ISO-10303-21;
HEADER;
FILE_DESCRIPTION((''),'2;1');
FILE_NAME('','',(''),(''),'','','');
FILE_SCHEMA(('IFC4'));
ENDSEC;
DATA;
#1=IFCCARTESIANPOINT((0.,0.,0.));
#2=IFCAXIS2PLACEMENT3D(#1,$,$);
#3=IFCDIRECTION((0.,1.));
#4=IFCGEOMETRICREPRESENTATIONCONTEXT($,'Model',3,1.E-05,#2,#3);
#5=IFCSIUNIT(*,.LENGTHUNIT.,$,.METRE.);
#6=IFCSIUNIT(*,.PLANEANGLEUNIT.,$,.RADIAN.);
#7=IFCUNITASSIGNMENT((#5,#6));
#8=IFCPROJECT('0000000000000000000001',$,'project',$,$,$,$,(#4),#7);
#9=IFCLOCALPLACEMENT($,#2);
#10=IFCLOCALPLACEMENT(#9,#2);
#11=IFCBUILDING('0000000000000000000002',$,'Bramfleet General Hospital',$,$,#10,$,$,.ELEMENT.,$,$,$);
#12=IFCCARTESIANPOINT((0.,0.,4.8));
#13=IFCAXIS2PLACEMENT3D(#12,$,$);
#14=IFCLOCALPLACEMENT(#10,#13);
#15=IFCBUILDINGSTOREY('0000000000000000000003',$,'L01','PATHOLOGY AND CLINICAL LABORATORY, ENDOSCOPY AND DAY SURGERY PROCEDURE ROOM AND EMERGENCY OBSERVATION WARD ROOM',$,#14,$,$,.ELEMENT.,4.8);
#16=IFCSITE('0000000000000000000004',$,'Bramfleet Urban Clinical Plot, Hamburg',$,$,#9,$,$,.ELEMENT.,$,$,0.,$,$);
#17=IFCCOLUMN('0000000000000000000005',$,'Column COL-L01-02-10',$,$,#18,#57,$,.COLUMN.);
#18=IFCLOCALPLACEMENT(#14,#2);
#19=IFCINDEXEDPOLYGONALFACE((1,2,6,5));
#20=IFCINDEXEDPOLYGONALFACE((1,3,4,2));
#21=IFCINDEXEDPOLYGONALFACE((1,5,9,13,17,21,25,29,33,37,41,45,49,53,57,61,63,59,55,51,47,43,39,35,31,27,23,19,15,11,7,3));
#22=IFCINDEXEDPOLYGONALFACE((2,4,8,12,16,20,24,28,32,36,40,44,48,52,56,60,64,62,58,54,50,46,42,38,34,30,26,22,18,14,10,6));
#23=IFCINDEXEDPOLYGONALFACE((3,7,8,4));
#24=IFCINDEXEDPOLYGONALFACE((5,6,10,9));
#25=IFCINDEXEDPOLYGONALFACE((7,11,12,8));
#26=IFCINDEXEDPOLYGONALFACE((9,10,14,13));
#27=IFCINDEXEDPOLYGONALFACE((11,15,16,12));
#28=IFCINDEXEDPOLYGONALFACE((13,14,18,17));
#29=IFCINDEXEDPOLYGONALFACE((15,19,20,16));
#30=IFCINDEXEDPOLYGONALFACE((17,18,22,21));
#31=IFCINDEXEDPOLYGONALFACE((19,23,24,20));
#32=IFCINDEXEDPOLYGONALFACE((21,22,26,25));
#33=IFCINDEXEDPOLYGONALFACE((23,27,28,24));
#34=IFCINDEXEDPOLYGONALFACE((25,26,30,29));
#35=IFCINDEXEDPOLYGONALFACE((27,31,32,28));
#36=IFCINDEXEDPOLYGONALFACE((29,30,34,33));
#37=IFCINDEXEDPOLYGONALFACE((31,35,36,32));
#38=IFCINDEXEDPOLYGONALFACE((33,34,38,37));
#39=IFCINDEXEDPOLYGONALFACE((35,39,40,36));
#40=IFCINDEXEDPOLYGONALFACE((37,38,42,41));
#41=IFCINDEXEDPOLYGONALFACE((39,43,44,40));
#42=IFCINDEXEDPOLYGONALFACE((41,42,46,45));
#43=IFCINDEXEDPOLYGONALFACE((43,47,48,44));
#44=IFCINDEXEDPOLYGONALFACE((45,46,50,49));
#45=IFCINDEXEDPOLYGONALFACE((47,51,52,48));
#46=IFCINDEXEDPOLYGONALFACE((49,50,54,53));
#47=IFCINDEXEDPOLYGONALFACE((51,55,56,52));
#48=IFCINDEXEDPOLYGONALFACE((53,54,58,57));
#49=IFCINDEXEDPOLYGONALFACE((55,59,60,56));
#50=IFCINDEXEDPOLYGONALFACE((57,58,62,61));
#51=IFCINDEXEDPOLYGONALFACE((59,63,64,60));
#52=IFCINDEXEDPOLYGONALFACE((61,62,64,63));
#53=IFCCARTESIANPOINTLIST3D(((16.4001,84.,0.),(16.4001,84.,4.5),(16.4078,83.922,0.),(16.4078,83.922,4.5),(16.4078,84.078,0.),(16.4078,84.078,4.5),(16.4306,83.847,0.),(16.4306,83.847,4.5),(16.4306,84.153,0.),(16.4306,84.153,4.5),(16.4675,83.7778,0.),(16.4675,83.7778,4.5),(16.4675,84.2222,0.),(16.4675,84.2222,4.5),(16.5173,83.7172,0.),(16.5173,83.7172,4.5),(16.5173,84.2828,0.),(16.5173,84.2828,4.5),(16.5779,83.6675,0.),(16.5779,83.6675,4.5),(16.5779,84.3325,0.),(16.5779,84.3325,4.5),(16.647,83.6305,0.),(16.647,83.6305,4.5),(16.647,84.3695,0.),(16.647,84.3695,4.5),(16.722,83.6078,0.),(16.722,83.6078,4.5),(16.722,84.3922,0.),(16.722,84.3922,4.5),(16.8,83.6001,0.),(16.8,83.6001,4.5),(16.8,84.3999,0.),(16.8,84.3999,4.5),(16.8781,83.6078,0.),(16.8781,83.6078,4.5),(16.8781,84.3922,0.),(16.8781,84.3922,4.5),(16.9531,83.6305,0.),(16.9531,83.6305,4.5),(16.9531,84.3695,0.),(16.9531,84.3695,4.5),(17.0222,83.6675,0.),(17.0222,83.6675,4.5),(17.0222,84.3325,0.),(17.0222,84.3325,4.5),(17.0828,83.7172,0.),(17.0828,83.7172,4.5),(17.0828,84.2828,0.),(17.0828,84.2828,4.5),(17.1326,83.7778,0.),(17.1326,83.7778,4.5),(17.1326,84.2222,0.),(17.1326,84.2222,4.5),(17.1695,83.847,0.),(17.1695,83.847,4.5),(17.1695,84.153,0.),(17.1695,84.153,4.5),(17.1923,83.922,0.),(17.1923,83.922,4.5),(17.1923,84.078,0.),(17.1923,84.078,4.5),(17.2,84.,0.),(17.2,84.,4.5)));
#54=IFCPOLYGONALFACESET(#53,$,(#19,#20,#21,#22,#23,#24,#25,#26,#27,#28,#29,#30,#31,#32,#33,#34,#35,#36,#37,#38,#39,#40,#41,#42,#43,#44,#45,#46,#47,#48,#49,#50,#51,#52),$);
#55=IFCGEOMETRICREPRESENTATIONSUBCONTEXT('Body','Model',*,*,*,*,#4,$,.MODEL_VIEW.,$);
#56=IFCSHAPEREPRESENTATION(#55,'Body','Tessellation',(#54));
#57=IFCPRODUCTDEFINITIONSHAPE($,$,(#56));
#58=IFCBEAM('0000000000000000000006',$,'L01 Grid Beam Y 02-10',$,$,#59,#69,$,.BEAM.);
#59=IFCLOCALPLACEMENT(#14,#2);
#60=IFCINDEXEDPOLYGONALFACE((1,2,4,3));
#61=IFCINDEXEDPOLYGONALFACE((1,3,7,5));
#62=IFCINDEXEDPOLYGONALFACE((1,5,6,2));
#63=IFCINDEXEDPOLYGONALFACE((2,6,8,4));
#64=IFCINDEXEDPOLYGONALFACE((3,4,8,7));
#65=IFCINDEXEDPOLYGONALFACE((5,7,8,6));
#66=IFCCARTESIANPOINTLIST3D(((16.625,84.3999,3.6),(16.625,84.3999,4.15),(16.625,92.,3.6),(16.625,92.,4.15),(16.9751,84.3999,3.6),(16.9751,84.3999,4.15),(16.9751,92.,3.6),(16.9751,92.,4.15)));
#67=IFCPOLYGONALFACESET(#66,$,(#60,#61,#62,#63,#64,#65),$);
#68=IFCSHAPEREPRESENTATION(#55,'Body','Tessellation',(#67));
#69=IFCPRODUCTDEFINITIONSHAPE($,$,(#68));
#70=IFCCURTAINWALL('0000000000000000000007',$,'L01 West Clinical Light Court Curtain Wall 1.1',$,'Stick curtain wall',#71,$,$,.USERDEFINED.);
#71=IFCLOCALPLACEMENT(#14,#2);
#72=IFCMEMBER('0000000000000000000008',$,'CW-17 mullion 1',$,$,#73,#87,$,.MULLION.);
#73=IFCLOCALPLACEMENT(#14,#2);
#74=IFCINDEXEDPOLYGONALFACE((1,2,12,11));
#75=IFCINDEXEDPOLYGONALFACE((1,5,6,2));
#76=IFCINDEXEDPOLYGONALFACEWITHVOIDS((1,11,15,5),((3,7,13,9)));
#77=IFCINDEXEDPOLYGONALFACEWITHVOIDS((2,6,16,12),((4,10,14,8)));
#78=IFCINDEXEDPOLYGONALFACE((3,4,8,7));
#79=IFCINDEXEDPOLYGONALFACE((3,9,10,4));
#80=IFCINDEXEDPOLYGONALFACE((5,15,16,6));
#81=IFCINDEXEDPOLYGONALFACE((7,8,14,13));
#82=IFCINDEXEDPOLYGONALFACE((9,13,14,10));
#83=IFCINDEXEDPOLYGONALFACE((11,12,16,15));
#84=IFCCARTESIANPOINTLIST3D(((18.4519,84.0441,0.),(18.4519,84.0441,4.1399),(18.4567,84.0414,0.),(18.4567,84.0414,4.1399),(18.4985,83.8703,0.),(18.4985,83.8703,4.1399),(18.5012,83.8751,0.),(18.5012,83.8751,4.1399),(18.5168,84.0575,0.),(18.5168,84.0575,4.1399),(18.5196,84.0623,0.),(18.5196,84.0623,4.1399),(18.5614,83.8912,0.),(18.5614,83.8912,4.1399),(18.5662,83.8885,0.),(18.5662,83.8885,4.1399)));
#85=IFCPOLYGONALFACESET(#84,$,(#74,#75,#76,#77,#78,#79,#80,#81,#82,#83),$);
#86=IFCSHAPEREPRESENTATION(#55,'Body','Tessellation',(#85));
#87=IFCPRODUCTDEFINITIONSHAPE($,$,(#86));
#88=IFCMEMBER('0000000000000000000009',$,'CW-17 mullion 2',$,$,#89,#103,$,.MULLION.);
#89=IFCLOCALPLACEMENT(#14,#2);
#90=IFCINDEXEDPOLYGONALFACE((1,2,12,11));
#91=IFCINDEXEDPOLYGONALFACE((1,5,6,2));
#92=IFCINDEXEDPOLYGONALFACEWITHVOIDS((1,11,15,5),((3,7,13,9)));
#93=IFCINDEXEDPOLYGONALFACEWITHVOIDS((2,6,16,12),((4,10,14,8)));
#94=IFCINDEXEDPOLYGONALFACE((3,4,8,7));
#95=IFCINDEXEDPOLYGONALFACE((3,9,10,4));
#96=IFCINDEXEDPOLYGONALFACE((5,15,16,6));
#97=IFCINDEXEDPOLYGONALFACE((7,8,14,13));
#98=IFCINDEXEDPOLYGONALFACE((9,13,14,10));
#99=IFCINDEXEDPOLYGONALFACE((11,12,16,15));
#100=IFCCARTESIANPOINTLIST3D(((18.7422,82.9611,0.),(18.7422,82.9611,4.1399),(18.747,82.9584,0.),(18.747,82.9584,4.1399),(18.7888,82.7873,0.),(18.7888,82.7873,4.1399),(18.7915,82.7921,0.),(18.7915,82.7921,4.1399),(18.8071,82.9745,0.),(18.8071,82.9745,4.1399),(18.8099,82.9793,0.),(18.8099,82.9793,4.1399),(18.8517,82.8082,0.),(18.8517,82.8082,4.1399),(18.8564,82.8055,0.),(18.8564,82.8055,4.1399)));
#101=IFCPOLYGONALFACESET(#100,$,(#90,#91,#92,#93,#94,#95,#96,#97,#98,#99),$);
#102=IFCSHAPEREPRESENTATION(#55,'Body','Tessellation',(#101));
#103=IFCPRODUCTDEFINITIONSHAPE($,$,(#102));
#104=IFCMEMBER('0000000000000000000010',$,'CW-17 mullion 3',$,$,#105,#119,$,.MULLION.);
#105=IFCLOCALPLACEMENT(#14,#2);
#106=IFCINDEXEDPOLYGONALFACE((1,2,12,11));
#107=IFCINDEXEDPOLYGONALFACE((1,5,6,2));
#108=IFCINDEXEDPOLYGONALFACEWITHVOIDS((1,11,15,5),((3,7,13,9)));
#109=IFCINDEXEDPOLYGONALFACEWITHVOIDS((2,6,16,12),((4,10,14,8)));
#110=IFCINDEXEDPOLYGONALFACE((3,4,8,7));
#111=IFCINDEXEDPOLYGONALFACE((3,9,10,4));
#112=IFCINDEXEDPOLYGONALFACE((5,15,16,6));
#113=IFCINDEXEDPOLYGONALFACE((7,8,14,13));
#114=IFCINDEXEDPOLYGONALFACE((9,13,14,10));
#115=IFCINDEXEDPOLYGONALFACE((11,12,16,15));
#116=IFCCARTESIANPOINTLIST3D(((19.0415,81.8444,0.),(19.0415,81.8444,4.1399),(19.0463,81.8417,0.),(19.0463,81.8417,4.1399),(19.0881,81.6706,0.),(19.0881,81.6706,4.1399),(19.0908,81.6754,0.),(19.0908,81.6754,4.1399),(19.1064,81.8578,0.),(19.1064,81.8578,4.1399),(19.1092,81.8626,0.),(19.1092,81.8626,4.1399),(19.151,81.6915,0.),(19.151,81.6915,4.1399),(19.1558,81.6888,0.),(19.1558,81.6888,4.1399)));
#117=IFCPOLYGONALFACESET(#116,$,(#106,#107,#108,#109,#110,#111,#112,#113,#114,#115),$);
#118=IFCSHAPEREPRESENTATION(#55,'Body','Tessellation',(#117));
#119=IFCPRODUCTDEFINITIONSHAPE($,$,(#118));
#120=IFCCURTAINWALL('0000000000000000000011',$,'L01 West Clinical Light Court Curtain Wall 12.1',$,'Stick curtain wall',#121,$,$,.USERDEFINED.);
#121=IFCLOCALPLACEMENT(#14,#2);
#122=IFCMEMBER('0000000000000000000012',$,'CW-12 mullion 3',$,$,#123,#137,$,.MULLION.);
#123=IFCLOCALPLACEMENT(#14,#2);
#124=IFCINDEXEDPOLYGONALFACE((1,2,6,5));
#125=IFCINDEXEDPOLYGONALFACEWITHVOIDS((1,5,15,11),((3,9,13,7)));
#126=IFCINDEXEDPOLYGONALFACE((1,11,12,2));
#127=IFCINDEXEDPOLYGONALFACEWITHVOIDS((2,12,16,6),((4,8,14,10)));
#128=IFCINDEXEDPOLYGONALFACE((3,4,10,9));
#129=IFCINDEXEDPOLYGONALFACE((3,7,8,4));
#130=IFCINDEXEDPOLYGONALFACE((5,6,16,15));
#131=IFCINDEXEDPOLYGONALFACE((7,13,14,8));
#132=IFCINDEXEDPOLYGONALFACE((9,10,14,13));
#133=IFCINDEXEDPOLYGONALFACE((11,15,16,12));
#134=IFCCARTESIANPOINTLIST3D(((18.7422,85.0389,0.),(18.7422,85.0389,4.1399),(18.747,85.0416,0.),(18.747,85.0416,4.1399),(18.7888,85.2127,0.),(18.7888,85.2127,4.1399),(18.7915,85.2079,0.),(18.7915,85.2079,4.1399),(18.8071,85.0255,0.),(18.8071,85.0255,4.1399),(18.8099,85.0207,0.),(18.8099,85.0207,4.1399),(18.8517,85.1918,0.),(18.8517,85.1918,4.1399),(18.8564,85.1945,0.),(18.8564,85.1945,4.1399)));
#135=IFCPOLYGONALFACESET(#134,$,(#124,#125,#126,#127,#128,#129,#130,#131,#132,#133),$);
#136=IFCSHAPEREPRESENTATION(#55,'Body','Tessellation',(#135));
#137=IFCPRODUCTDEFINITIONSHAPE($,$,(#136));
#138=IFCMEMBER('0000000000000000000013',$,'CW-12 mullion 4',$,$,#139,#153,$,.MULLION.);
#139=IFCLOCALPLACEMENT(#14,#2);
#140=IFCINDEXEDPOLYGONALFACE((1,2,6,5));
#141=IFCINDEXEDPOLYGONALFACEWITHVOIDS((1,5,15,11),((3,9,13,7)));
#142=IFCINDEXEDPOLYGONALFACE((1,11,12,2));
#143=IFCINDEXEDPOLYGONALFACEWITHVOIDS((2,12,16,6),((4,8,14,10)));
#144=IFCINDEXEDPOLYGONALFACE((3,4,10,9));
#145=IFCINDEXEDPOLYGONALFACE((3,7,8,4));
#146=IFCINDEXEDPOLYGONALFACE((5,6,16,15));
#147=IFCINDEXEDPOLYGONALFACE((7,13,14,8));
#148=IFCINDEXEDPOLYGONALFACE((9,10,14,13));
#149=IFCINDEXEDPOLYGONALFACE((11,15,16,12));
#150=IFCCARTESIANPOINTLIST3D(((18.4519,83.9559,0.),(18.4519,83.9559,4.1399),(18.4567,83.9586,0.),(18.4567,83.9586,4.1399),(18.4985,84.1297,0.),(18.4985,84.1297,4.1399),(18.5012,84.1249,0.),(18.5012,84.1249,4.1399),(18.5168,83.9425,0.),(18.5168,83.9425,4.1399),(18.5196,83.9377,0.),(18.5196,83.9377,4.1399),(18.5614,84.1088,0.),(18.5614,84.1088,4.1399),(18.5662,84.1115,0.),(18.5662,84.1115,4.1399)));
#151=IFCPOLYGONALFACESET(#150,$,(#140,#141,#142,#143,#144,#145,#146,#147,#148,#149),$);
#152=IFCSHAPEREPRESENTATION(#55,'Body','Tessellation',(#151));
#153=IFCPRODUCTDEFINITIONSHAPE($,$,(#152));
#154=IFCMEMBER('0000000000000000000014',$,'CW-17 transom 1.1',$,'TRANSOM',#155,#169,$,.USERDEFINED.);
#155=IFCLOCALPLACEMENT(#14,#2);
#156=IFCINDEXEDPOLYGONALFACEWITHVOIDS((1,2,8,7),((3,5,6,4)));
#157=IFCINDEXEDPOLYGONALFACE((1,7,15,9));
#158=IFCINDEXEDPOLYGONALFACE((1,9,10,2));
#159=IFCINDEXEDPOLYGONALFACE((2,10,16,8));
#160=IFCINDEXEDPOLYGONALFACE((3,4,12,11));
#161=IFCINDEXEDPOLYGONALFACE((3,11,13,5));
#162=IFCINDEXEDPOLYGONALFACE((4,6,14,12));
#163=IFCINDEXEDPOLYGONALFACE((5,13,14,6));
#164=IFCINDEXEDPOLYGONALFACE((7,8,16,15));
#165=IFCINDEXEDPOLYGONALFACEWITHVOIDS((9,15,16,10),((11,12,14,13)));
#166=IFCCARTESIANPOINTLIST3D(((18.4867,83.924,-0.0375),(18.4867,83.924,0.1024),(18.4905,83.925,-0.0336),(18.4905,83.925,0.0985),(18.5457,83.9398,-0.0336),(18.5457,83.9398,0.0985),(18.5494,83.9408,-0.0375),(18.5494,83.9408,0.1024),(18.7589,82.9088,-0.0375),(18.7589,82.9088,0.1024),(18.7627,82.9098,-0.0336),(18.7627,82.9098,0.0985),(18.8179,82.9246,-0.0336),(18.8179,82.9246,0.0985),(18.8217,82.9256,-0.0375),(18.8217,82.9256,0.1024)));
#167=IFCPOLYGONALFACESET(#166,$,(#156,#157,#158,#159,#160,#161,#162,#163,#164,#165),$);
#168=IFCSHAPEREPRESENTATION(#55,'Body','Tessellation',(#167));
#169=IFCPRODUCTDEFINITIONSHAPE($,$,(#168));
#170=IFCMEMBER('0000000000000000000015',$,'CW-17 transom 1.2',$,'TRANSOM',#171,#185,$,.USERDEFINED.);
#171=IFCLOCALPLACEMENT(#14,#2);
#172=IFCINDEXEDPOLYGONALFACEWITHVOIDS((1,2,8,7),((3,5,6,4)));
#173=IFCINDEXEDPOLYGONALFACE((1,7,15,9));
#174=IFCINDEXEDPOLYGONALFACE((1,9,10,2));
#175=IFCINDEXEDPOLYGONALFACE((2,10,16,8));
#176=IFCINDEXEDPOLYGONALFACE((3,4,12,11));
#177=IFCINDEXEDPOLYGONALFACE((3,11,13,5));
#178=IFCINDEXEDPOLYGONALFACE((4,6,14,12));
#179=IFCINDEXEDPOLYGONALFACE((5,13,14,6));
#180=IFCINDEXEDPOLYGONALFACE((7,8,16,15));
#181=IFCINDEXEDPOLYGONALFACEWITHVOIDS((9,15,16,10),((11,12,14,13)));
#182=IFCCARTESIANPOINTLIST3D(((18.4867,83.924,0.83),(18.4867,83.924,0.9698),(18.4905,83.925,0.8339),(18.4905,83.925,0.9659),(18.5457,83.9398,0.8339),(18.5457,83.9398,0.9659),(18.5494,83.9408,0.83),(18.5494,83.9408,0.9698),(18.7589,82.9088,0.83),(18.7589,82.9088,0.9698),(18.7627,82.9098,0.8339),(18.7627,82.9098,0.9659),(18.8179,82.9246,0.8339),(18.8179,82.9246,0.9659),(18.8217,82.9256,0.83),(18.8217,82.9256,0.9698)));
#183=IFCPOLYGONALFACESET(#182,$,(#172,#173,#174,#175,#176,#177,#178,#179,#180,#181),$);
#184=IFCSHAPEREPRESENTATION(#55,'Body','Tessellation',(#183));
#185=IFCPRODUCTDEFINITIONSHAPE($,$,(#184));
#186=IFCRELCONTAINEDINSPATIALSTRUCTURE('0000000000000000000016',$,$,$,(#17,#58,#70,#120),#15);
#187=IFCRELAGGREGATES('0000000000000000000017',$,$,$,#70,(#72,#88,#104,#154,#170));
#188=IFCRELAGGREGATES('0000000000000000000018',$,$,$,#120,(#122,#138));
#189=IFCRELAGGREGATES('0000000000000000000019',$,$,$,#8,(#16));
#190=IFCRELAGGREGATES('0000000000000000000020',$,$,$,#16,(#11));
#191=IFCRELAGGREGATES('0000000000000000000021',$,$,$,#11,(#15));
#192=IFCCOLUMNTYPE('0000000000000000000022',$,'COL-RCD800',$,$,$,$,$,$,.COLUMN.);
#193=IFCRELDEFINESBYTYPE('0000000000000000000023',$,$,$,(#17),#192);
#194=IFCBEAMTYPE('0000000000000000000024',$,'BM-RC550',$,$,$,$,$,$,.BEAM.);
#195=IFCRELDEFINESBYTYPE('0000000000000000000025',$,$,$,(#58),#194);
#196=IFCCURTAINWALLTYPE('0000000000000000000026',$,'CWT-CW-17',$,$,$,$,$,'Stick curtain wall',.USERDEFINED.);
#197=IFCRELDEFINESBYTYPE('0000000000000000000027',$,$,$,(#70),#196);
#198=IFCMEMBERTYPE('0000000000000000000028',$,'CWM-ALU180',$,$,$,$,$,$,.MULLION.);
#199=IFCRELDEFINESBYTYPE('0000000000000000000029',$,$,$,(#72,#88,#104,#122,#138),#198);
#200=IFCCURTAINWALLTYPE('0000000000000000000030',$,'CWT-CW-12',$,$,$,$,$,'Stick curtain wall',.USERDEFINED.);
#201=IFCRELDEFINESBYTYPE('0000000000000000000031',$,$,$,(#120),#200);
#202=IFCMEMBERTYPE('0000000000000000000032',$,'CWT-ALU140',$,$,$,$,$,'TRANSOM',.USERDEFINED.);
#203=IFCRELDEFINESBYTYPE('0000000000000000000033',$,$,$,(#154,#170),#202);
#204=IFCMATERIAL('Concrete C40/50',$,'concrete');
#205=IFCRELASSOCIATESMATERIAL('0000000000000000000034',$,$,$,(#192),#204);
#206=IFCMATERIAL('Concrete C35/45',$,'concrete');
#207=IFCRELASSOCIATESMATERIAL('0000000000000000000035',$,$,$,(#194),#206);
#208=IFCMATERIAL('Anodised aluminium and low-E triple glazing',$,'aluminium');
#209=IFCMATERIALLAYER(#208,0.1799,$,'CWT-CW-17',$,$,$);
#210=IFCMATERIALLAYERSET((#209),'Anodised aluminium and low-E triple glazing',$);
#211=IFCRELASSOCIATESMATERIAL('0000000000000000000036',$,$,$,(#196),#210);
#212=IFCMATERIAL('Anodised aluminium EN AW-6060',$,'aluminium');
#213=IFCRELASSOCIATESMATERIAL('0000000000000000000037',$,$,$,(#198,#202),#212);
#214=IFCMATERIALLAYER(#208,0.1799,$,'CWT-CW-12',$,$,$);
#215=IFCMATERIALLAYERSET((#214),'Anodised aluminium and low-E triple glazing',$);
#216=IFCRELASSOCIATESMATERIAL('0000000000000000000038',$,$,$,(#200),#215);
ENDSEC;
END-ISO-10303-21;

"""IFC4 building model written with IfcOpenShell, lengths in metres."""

from ifc_helpers import new_model, si_unit, direction, frame, origin, origin_2d, place, context, subcontext, project, spatial, rectangle, hollow_rectangle, circle, extrude, material, layer, layer_set, material_profile, profile_set, type_object, element, aggregate, save


model = new_model("IFC4")

# Units and contexts
model_context = context("Model", 3, precision=1e-05, world=origin(), true_north=direction((0.0, 1.0)))
body_context = subcontext(model_context, "Body", "Model", "MODEL_VIEW")
ifc_project = project(units=[si_unit("LENGTHUNIT", "METRE"), si_unit("PLANEANGLEUNIT", "RADIAN")], contexts=[model_context])

# Site, building, storey
site_placement = place(None, origin())
site = spatial("IfcSite", under=ifc_project, at=site_placement, Name="Bramfleet Urban Clinical Plot, Hamburg", CompositionType="ELEMENT", RefElevation=0.0)
building_placement = place(site_placement, origin())
building = spatial("IfcBuilding", under=site, at=building_placement, Name="Bramfleet General Hospital", CompositionType="ELEMENT")
storey_placement = place(building_placement, frame((0.0, 0.0, 4.8)))
storey = spatial("IfcBuildingStorey", under=building, at=storey_placement, Name="L01", Description="PATHOLOGY AND CLINICAL LABORATORY, ENDOSCOPY AND DAY SURGERY PROCEDURE ROOM AND EMERGENCY OBSERVATION WARD ROOM", CompositionType="ELEMENT", Elevation=4.8)

# Column
ifc_material_1 = material(Name="Concrete C40/50", Category="concrete")
ifc_material_profile_1 = material_profile(ifc_material_1, circle(Radius=0.3999, at=origin_2d()), Name="RC ROUND D800")
ifc_profile_set_1 = profile_set([ifc_material_profile_1], Name="Concrete C40/50")
column_type = type_object("IfcColumnType", Name="COL-RCD800", PredefinedType="COLUMN", material=ifc_profile_set_1)
column_placement = place(storey_placement, frame((16.8, 84.0, 0.0), z_axis=(0.0, 0.0, 1.0), x_axis=(1.0, 0.0, 0.0)))
element("IfcColumn", 1, at=column_placement, inside=storey, type_object=column_type, Name="Column COL-L01-02-10", PredefinedType="COLUMN", context=body_context, shape_type="SweptSolid", body=[
    extrude(circle(Radius=0.3999, at=origin_2d()), origin(), (0.0, 0.0, 1.0), 4.5),
])

# Beam
ifc_material_2 = material(Name="Concrete C35/45", Category="concrete")
ifc_material_profile_2 = material_profile(ifc_material_2, rectangle(XDim=0.3501, YDim=0.55, at=origin_2d()), Name="RC BM 550x350")
ifc_profile_set_2 = profile_set([ifc_material_profile_2], Name="Concrete C35/45")
beam_type = type_object("IfcBeamType", Name="BM-RC550", PredefinedType="BEAM", material=ifc_profile_set_2)
beam_placement = place(storey_placement, frame((16.8, 84.3999, 3.875), z_axis=(0.0, 1.0, 0.0), x_axis=(-1.0, 0.0, 0.0)))
element("IfcBeam", 2, at=beam_placement, inside=storey, type_object=beam_type, Name="L01 Grid Beam Y 02-10", PredefinedType="BEAM", context=body_context, shape_type="SweptSolid", body=[
    extrude(rectangle(XDim=0.3501, YDim=0.55, at=origin_2d()), origin(), (0.0, 0.0, 1.0), 7.6001),
])

# Curtain walls, members
ifc_material_3 = material(Name="Anodised aluminium and low-E triple glazing", Category="aluminium")
ifc_layer_1 = layer(ifc_material_3, 0.1799, Name="CWT-CW-17")
ifc_layer_set_1 = layer_set([ifc_layer_1], Name="Anodised aluminium and low-E triple glazing")
curtain_wall_type_1 = type_object("IfcCurtainWallType", Name="CWT-CW-17", ElementType="Stick curtain wall", PredefinedType="USERDEFINED", material=ifc_layer_set_1)
curtain_wall_1_placement = place(storey_placement, origin())
curtain_wall_1 = element("IfcCurtainWall", 3, at=curtain_wall_1_placement, inside=storey, type_object=curtain_wall_type_1, Name="L01 West Clinical Light Court Curtain Wall 1.1", ObjectType="Stick curtain wall", PredefinedType="USERDEFINED")
ifc_material_4 = material(Name="Anodised aluminium EN AW-6060", Category="aluminium")
ifc_material_profile_3 = material_profile(ifc_material_4, hollow_rectangle(XDim=0.0701, YDim=0.1799, WallThickness=0.0039, at=origin_2d()), Name="ALU 180x70x4.0")
ifc_profile_set_3 = profile_set([ifc_material_profile_3], Name="Anodised aluminium EN AW-6060")
member_type_1 = type_object("IfcMemberType", Name="CWM-ALU180", PredefinedType="MULLION", material=ifc_profile_set_3)
member_1_placement = place(storey_placement, frame((18.509, 83.9663, 0.0), z_axis=(0.0, 0.0, 1.0), x_axis=(0.965899, 0.258919, 0.0)))
member_1 = element("IfcMember", 4, at=member_1_placement, type_object=member_type_1, Name="CW-17 mullion 1", PredefinedType="MULLION", context=body_context, shape_type="SweptSolid", body=[
    extrude(hollow_rectangle(XDim=0.0701, YDim=0.1799, WallThickness=0.0039, at=origin_2d()), origin(), (0.0, 0.0, 1.0), 4.1399),
])
member_2_placement = place(storey_placement, frame((18.7993, 82.8833, 0.0), z_axis=(0.0, 0.0, 1.0), x_axis=(0.965899, 0.258919, 0.0)))
member_2 = element("IfcMember", 5, at=member_2_placement, type_object=member_type_1, Name="CW-17 mullion 2", PredefinedType="MULLION", context=body_context, shape_type="SweptSolid", body=[
    extrude(hollow_rectangle(XDim=0.0701, YDim=0.1799, WallThickness=0.0039, at=origin_2d()), origin(), (0.0, 0.0, 1.0), 4.1399),
])
member_3_placement = place(storey_placement, frame((19.0986, 81.7666, 0.0), z_axis=(0.0, 0.0, 1.0), x_axis=(0.965899, 0.258919, 0.0)))
member_3 = element("IfcMember", 6, at=member_3_placement, type_object=member_type_1, Name="CW-17 mullion 3", PredefinedType="MULLION", context=body_context, shape_type="SweptSolid", body=[
    extrude(hollow_rectangle(XDim=0.0701, YDim=0.1799, WallThickness=0.0039, at=origin_2d()), origin(), (0.0, 0.0, 1.0), 4.1399),
])
ifc_layer_2 = layer(ifc_material_3, 0.1799, Name="CWT-CW-12")
ifc_layer_set_2 = layer_set([ifc_layer_2], Name="Anodised aluminium and low-E triple glazing")
curtain_wall_type_2 = type_object("IfcCurtainWallType", Name="CWT-CW-12", ElementType="Stick curtain wall", PredefinedType="USERDEFINED", material=ifc_layer_set_2)
curtain_wall_2_placement = place(storey_placement, origin())
curtain_wall_2 = element("IfcCurtainWall", 7, at=curtain_wall_2_placement, inside=storey, type_object=curtain_wall_type_2, Name="L01 West Clinical Light Court Curtain Wall 12.1", ObjectType="Stick curtain wall", PredefinedType="USERDEFINED")
member_4_placement = place(storey_placement, frame((18.7993, 85.1167, 0.0), z_axis=(0.0, 0.0, 1.0), x_axis=(0.965899, -0.258919, 0.0)))
member_4 = element("IfcMember", 8, at=member_4_placement, type_object=member_type_1, Name="CW-12 mullion 3", PredefinedType="MULLION", context=body_context, shape_type="SweptSolid", body=[
    extrude(hollow_rectangle(XDim=0.0701, YDim=0.1799, WallThickness=0.0039, at=origin_2d()), origin(), (0.0, 0.0, 1.0), 4.1399),
])
member_5_placement = place(storey_placement, frame((18.509, 84.0337, 0.0), z_axis=(0.0, 0.0, 1.0), x_axis=(0.965899, -0.258919, 0.0)))
member_5 = element("IfcMember", 9, at=member_5_placement, type_object=member_type_1, Name="CW-12 mullion 4", PredefinedType="MULLION", context=body_context, shape_type="SweptSolid", body=[
    extrude(hollow_rectangle(XDim=0.0701, YDim=0.1799, WallThickness=0.0039, at=origin_2d()), origin(), (0.0, 0.0, 1.0), 4.1399),
])

# Members
ifc_material_profile_4 = material_profile(ifc_material_4, hollow_rectangle(XDim=0.0649, YDim=0.1399, WallThickness=0.0039, at=origin_2d()), Name="ALU 140x65x4.0")
ifc_profile_set_4 = profile_set([ifc_material_profile_4], Name="Anodised aluminium EN AW-6060")
member_type_2 = type_object("IfcMemberType", Name="CWT-ALU140", ElementType="TRANSOM", PredefinedType="USERDEFINED", material=ifc_profile_set_4)
member_6_placement = place(storey_placement, frame((18.5181, 83.9324, 0.0325), z_axis=(0.259007, -0.965875, 0.0), x_axis=(0.965875, 0.259007, 0.0)))
member_6 = element("IfcMember", 10, at=member_6_placement, type_object=member_type_2, Name="CW-17 transom 1.1", ObjectType="TRANSOM", PredefinedType="USERDEFINED", context=body_context, shape_type="SweptSolid", body=[
    extrude(hollow_rectangle(XDim=0.0649, YDim=0.1399, WallThickness=0.0039, at=origin_2d()), origin(), (0.0, 0.0, 1.0), 1.051),
])
member_7_placement = place(storey_placement, frame((18.5181, 83.9324, 0.8999), z_axis=(0.259007, -0.965875, 0.0), x_axis=(0.965875, 0.259007, 0.0)))
member_7 = element("IfcMember", 11, at=member_7_placement, type_object=member_type_2, Name="CW-17 transom 1.2", ObjectType="TRANSOM", PredefinedType="USERDEFINED", context=body_context, shape_type="SweptSolid", body=[
    extrude(hollow_rectangle(XDim=0.0649, YDim=0.1399, WallThickness=0.0039, at=origin_2d()), origin(), (0.0, 0.0, 1.0), 1.051),
])

aggregate(curtain_wall_1, [member_1, member_2, member_3, member_6, member_7])
aggregate(curtain_wall_2, [member_4, member_5])

save(model, "model.ifc")
